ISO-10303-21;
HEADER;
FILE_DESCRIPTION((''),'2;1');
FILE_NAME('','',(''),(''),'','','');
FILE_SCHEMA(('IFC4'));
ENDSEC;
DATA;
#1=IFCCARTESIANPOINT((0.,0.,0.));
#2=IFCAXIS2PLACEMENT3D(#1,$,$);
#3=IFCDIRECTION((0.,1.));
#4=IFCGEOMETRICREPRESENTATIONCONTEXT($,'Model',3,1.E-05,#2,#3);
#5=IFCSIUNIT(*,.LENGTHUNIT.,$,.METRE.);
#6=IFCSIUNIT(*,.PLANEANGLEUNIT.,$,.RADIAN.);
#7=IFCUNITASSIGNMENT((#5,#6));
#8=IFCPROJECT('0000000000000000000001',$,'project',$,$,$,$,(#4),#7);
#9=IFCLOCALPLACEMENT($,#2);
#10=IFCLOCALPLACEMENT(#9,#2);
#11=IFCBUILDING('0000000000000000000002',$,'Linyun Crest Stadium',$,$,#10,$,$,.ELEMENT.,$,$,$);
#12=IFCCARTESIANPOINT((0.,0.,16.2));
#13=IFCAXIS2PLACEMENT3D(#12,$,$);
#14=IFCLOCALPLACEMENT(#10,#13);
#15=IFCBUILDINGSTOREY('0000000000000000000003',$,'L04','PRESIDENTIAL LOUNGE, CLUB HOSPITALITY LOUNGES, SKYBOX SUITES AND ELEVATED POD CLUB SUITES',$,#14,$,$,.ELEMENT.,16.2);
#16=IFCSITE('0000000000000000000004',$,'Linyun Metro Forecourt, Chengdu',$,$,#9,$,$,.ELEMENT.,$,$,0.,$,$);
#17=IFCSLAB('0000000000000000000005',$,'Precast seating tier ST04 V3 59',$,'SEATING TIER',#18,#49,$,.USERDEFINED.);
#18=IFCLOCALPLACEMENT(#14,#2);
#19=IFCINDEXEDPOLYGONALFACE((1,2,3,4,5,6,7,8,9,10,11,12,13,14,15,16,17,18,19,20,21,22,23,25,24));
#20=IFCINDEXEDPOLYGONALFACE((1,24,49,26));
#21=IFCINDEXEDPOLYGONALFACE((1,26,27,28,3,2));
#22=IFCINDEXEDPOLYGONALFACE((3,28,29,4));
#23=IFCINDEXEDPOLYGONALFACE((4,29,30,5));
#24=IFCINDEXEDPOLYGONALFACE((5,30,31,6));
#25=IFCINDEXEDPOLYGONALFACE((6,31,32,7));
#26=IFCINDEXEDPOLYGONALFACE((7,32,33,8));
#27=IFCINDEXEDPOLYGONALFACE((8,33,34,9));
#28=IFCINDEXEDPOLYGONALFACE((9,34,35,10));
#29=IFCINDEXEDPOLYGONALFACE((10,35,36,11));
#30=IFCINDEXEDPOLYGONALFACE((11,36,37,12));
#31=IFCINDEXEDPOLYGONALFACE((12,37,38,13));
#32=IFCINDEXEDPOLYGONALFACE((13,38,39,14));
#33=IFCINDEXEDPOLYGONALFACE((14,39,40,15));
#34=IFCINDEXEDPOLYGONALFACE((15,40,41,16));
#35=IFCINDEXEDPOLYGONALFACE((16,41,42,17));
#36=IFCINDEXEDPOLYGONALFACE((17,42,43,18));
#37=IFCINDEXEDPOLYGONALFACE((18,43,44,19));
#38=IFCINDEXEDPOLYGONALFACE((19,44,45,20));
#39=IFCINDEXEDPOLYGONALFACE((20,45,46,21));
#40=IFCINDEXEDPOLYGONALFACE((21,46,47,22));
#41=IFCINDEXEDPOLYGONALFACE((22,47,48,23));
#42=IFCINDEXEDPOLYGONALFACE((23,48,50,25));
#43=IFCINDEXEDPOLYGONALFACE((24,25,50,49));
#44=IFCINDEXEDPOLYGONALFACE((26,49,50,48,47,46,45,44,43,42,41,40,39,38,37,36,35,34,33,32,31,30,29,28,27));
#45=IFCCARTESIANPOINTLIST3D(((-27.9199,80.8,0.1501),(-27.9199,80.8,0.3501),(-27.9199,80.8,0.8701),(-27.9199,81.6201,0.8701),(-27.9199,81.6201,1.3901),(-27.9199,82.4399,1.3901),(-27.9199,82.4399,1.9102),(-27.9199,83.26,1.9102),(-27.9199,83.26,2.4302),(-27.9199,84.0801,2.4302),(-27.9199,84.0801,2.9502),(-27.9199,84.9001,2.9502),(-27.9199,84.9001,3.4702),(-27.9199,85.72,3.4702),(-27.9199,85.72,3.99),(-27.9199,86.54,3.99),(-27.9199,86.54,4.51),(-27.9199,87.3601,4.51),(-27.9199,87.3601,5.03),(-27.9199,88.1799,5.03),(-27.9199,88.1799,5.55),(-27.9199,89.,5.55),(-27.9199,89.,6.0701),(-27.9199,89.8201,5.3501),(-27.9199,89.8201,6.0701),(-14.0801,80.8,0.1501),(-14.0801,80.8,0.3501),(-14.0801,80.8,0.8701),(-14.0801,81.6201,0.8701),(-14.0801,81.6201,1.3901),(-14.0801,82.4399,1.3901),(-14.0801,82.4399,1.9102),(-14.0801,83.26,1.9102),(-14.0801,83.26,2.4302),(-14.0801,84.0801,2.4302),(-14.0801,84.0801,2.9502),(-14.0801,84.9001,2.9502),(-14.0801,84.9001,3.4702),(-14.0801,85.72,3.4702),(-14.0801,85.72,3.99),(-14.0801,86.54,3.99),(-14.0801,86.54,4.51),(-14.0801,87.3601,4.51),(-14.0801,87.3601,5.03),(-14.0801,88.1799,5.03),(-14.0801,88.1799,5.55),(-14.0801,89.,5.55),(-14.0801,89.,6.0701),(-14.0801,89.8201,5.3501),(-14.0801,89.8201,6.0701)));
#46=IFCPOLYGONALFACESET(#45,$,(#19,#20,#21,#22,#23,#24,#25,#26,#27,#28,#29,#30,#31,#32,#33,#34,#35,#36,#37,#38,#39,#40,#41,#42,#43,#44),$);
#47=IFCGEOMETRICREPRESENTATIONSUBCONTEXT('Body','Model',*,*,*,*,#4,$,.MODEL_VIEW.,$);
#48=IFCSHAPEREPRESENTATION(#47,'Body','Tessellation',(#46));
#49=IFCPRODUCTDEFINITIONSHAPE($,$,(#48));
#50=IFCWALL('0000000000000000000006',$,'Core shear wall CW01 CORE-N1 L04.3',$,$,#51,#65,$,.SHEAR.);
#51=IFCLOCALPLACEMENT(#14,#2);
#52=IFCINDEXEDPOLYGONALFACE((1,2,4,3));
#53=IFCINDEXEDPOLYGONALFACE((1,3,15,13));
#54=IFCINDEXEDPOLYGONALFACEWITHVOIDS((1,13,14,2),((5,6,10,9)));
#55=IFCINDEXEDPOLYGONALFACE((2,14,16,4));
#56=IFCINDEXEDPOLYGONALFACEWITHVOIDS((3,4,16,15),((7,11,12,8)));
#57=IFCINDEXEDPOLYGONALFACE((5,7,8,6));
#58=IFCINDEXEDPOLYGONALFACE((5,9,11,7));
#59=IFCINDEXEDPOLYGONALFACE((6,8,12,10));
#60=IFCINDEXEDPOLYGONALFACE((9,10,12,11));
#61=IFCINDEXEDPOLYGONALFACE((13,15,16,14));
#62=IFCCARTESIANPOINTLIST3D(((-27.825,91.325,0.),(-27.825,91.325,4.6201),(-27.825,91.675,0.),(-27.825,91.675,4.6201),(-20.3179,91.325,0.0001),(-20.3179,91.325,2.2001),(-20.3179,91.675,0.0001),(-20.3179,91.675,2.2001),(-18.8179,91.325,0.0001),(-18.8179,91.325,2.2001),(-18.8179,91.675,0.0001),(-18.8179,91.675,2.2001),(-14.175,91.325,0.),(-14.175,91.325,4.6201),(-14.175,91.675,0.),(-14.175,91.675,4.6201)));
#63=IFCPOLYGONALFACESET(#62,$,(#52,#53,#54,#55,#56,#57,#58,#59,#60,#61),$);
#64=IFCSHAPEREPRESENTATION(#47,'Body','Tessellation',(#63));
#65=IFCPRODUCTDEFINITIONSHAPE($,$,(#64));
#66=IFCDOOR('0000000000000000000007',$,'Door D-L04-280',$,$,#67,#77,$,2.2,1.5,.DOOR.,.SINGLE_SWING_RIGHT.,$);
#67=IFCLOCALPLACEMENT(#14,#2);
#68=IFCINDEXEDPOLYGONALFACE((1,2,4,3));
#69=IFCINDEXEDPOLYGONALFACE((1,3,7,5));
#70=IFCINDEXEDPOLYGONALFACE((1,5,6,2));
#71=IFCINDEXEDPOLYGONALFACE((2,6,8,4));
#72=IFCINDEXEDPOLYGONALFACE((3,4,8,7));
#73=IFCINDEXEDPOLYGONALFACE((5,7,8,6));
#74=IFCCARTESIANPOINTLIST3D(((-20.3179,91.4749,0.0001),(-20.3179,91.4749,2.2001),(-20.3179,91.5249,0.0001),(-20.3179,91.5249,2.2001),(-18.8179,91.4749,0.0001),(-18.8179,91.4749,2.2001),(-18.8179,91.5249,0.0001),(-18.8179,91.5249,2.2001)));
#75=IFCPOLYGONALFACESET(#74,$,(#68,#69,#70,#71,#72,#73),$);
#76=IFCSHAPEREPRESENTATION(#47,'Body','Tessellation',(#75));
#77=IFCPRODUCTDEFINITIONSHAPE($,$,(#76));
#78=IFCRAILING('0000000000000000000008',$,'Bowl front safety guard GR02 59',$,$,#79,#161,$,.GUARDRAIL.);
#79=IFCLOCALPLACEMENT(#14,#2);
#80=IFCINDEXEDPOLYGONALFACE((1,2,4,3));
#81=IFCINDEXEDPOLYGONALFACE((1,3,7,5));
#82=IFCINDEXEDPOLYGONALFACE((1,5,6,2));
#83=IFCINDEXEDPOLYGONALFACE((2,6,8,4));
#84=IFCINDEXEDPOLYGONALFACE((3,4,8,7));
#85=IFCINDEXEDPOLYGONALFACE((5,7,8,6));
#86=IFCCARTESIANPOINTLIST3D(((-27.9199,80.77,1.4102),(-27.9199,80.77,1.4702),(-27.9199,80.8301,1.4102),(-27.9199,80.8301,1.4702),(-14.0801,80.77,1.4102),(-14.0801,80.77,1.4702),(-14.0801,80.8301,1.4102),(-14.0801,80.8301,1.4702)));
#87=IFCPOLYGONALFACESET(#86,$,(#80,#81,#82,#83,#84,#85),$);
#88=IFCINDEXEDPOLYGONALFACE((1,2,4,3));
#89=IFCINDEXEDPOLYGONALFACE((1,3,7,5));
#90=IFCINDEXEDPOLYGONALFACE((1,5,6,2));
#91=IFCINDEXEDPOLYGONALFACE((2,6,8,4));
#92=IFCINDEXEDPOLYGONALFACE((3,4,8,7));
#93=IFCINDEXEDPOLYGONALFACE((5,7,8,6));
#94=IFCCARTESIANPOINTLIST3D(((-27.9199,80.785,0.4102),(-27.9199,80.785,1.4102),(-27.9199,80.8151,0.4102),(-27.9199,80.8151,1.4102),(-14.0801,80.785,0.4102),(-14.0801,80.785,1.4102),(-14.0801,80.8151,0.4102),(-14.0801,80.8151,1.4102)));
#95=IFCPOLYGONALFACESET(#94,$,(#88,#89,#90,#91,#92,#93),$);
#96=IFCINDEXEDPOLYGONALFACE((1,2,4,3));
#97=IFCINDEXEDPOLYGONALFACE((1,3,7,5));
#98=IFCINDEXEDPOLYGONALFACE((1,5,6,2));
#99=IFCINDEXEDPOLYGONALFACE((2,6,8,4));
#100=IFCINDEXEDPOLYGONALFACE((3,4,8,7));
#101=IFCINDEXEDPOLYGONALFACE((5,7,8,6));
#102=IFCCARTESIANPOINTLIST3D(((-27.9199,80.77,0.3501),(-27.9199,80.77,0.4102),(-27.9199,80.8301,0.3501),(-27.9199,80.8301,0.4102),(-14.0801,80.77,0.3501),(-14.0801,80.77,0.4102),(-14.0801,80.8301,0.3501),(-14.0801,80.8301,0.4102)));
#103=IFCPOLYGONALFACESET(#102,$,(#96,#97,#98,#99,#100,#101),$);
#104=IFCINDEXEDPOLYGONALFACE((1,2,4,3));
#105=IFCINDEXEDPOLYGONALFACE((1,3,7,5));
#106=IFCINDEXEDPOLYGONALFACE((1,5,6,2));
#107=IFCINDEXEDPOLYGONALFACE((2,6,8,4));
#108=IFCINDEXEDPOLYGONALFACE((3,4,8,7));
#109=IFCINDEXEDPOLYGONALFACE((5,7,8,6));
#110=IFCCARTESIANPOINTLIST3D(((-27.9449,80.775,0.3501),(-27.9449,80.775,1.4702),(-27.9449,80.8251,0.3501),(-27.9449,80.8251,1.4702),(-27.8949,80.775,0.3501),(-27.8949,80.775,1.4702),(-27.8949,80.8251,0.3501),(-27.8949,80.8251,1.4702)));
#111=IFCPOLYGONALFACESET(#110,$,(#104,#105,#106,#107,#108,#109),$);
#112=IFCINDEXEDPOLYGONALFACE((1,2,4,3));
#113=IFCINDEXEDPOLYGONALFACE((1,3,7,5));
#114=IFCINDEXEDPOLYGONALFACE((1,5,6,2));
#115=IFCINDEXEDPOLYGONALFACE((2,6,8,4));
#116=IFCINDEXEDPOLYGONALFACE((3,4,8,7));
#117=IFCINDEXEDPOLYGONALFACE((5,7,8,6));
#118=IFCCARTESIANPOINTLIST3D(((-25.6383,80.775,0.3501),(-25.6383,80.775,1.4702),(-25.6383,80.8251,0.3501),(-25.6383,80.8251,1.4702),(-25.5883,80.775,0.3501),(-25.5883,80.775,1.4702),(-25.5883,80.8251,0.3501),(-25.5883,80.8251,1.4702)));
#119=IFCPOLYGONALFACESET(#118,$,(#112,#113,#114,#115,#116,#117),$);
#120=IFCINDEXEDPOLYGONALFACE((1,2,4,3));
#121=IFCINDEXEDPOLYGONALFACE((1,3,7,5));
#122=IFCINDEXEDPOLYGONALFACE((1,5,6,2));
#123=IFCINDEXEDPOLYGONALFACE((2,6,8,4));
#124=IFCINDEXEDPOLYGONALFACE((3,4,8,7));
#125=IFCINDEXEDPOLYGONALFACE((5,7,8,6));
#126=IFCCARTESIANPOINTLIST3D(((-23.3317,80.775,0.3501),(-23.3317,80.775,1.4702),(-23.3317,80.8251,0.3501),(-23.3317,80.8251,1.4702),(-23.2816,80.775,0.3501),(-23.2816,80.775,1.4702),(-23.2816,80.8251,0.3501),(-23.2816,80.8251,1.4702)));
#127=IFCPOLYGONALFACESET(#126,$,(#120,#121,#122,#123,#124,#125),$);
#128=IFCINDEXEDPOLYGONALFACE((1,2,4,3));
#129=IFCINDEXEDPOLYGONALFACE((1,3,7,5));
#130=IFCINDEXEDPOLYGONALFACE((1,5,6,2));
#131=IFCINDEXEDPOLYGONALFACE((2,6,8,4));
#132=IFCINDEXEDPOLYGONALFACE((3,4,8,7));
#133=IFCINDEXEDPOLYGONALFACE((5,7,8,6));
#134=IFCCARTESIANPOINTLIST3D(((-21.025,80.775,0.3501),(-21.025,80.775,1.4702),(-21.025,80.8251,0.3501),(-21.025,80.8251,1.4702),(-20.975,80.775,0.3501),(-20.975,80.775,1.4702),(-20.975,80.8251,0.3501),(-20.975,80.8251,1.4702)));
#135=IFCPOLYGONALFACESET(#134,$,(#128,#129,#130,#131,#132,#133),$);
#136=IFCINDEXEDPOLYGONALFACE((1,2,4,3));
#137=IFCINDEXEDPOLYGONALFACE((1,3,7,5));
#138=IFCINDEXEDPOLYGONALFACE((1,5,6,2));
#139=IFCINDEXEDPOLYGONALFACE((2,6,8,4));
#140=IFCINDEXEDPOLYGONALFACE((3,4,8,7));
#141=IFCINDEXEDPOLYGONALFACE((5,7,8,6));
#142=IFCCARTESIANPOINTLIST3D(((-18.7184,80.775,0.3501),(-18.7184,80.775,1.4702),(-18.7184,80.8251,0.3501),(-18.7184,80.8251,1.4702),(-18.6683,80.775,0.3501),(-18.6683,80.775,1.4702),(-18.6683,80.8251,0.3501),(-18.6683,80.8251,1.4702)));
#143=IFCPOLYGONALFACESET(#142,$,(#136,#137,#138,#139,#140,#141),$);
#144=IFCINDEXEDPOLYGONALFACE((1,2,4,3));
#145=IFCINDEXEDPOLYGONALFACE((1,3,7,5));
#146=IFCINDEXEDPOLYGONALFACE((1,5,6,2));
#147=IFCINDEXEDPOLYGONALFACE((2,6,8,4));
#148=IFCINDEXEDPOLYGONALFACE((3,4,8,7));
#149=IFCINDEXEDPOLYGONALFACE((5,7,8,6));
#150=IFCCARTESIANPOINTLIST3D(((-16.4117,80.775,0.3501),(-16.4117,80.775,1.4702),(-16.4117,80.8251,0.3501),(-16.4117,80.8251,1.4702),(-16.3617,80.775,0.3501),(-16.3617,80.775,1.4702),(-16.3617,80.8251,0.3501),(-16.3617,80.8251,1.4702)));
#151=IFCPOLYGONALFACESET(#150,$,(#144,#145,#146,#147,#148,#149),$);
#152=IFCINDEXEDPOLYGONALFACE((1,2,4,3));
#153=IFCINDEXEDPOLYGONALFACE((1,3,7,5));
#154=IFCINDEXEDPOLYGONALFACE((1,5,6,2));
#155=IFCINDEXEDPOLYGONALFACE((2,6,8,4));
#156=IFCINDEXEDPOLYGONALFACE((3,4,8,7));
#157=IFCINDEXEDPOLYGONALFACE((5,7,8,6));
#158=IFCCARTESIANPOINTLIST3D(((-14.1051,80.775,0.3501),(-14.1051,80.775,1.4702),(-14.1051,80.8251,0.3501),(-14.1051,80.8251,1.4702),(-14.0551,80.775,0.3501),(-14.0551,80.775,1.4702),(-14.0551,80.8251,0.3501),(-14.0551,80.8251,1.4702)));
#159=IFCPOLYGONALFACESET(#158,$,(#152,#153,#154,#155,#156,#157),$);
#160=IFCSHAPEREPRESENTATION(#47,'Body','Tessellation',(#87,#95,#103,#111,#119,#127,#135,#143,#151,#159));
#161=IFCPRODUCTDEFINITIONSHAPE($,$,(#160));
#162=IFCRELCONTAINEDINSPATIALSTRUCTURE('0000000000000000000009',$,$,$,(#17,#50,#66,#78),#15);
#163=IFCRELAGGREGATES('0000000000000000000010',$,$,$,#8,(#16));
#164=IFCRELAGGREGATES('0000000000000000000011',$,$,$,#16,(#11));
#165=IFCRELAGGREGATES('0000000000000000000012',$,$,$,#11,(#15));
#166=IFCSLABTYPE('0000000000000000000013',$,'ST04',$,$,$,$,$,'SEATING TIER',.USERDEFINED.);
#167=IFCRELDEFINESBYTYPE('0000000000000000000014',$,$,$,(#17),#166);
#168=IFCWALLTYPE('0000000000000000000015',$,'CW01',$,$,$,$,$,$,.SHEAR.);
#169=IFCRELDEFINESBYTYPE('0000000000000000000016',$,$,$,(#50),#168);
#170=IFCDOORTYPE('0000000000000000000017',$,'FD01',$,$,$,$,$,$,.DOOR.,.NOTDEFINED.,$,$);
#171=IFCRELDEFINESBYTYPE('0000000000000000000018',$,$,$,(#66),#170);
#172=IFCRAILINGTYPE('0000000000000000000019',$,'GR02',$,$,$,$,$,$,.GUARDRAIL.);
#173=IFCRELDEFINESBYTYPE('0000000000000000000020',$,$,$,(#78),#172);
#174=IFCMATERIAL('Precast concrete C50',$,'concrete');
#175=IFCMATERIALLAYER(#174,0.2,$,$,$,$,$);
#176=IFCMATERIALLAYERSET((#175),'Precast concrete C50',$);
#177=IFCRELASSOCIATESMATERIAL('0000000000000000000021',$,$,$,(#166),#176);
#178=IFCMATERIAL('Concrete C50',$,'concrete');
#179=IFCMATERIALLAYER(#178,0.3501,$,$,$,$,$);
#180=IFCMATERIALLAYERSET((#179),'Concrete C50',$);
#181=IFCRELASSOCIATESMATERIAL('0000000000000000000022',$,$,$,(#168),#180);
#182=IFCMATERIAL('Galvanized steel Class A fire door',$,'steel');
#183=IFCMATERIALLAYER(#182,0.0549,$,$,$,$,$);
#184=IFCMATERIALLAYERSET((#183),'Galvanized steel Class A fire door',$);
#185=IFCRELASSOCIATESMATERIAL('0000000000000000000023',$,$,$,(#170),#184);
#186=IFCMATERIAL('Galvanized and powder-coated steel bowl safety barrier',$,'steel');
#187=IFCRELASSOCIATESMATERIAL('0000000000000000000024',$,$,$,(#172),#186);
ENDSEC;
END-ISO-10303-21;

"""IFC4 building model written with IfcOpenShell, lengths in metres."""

from ifc_helpers import new_model, si_unit, direction, frame, frame_2d, origin, origin_2d, place, context, subcontext, project, spatial, polyline, rectangle, outline, extrude, material, layer, layer_set, type_object, element, fill, save


model = new_model("IFC4")

# Units and contexts
model_context = context("Model", 3, precision=1e-05, world=origin(), true_north=direction((0.0, 1.0)))
body_context = subcontext(model_context, "Body", "Model", "MODEL_VIEW")
ifc_project = project(units=[si_unit("LENGTHUNIT", "METRE"), si_unit("PLANEANGLEUNIT", "RADIAN")], contexts=[model_context])

# Site, building, storey
site_placement = place(None, origin())
site = spatial("IfcSite", under=ifc_project, at=site_placement, Name="Linyun Metro Forecourt, Chengdu", CompositionType="ELEMENT", RefElevation=0.0)
building_placement = place(site_placement, origin())
building = spatial("IfcBuilding", under=site, at=building_placement, Name="Linyun Crest Stadium", CompositionType="ELEMENT")
storey_placement = place(building_placement, frame((0.0, 0.0, 16.2)))
storey = spatial("IfcBuildingStorey", under=building, at=storey_placement, Name="L04", Description="PRESIDENTIAL LOUNGE, CLUB HOSPITALITY LOUNGES, SKYBOX SUITES AND ELEVATED POD CLUB SUITES", CompositionType="ELEMENT", Elevation=16.2)

# Slab
ifc_material_1 = material(Name="Precast concrete C50", Category="concrete")
ifc_layer_1 = layer(ifc_material_1, 0.2)
ifc_layer_set_1 = layer_set([ifc_layer_1], Name="Precast concrete C50")
slab_type = type_object("IfcSlabType", Name="ST04", ElementType="SEATING TIER", PredefinedType="USERDEFINED", material=ifc_layer_set_1)
slab_placement = place(storey_placement, frame((-27.9199, 80.8, 0.3501), z_axis=(0.0, 0.0, 1.0), x_axis=(0.0, 1.0, 0.0)))
element("IfcSlab", 1, at=slab_placement, inside=storey, type_object=slab_type, Name="Precast seating tier ST04 V3 59", ObjectType="SEATING TIER", PredefinedType="USERDEFINED", context=body_context, shape_type="SweptSolid", body=[
    extrude(outline(polyline([(0.0, 0.0), (0.0, 0.52), (0.8201, 0.52), (0.8201, 1.04), (1.6399, 1.04), (1.6399, 1.5601), (2.46, 1.5601), (2.46, 2.0801), (3.28, 2.0801), (3.28, 2.6001), (4.1001, 2.6001), (4.1001, 3.1201), (4.9199, 3.1201), (4.9199, 3.6399), (5.74, 3.6399), (5.74, 4.1599), (6.5601, 4.1599), (6.5601, 4.6799), (7.3799, 4.6799), (7.3799, 5.2), (8.2, 5.2), (8.2, 5.72), (9.02, 5.72), (9.02, 5.0), (0.0, -0.2), (0.0, 0.0)])), frame((0.0, 0.0, 0.0), z_axis=(0.0, -1.0, 0.0), x_axis=(1.0, 0.0, 0.0)), (0.0, 0.0, 1.0), 13.8398),
])

# Wall, opening, door
ifc_material_2 = material(Name="Concrete C50", Category="concrete")
ifc_layer_2 = layer(ifc_material_2, 0.3501)
ifc_layer_set_2 = layer_set([ifc_layer_2], Name="Concrete C50")
wall_type = type_object("IfcWallType", Name="CW01", PredefinedType="SHEAR", material=ifc_layer_set_2)
wall_placement = place(storey_placement, frame((-27.825, 91.5, 0.0), z_axis=(0.0, 0.0, 1.0), x_axis=(1.0, 0.0, 0.0)))
wall = element("IfcWall", 2, at=wall_placement, inside=storey, type_object=wall_type, Name="Core shear wall CW01 CORE-N1 L04.3", PredefinedType="SHEAR", context=body_context, shape_type="SweptSolid", body=[
    extrude(rectangle(XDim=13.6499, YDim=0.3501, at=frame_2d((6.825, 0.0))), origin(), (0.0, 0.0, 1.0), 4.6201),
])
opening_placement = place(wall_placement, frame((7.5071, 0.0, 0.0)))
opening = element("IfcOpeningElement", 3, at=opening_placement, cuts=wall, PredefinedType="OPENING", context=body_context, shape_type="SweptSolid", body=[
    extrude(rectangle(XDim=1.5, YDim=2.2, at=frame_2d((0.75, 1.1001))), frame((0.0, 0.1851, 0.0), z_axis=(0.0, -1.0, 0.0), x_axis=(1.0, 0.0, 0.0)), (0.0, 0.0, 1.0), 0.3701),
])
ifc_material_3 = material(Name="Galvanized steel Class A fire door", Category="steel")
ifc_layer_3 = layer(ifc_material_3, 0.0549)
ifc_layer_set_3 = layer_set([ifc_layer_3], Name="Galvanized steel Class A fire door")
door_type = type_object("IfcDoorType", Name="FD01", OperationType="NOTDEFINED", PredefinedType="DOOR", material=ifc_layer_set_3)
door_placement = place(opening_placement, origin())
door = element("IfcDoor", 4, at=door_placement, inside=storey, type_object=door_type, Name="Door D-L04-280", OperationType="SINGLE_SWING_RIGHT", OverallHeight=2.2, OverallWidth=1.5, PredefinedType="DOOR", context=body_context, shape_type="SweptSolid", body=[
    extrude(rectangle(XDim=1.5, YDim=2.2, at=frame_2d((0.75, 1.1001))), frame((0.0, 0.0249, 0.0), z_axis=(0.0, -1.0, 0.0), x_axis=(1.0, 0.0, 0.0)), (0.0, 0.0, 1.0), 0.05),
])
fill(opening, door)

# Railing
ifc_material_4 = material(Name="Galvanized and powder-coated steel bowl safety barrier", Category="steel")
railing_type = type_object("IfcRailingType", Name="GR02", PredefinedType="GUARDRAIL", material=ifc_material_4)
railing_1_placement = place(storey_placement, frame((-27.9199, 80.8, 0.3501)))
element("IfcRailing", 5, at=railing_1_placement, inside=storey, type_object=railing_type, Name="Bowl front safety guard GR02 59", PredefinedType="GUARDRAIL", context=body_context, shape_type="SweptSolid", body=[
    extrude(rectangle(XDim=0.0601, YDim=0.0601, at=origin_2d()), frame((0.0, 0.0, 1.0901), z_axis=(1.0, 0.0, 0.0), x_axis=(0.0, 1.0, 0.0)), (0.0, 0.0, 1.0), 13.8398),
    extrude(rectangle(XDim=0.03, YDim=1.0, at=origin_2d()), frame((0.0, 0.0, 0.5601), z_axis=(1.0, 0.0, 0.0), x_axis=(0.0, 1.0, 0.0)), (0.0, 0.0, 1.0), 13.8398),
    extrude(rectangle(XDim=0.0601, YDim=0.0601, at=origin_2d()), frame((0.0, 0.0, 0.03), z_axis=(1.0, 0.0, 0.0), x_axis=(0.0, 1.0, 0.0)), (0.0, 0.0, 1.0), 13.8398),
    extrude(rectangle(XDim=0.05, YDim=0.05, at=origin_2d()), origin(), (0.0, 0.0, 1.0), 1.1201),
    extrude(rectangle(XDim=0.05, YDim=0.05, at=origin_2d()), frame((2.3066, 0.0, 0.0)), (0.0, 0.0, 1.0), 1.1201),
    extrude(rectangle(XDim=0.05, YDim=0.05, at=origin_2d()), frame((4.6133, 0.0, 0.0)), (0.0, 0.0, 1.0), 1.1201),
    extrude(rectangle(XDim=0.05, YDim=0.05, at=origin_2d()), frame((6.9199, 0.0, 0.0)), (0.0, 0.0, 1.0), 1.1201),
    extrude(rectangle(XDim=0.05, YDim=0.05, at=origin_2d()), frame((9.2266, 0.0, 0.0)), (0.0, 0.0, 1.0), 1.1201),
    extrude(rectangle(XDim=0.05, YDim=0.05, at=origin_2d()), frame((11.5332, 0.0, 0.0)), (0.0, 0.0, 1.0), 1.1201),
    extrude(rectangle(XDim=0.05, YDim=0.05, at=origin_2d()), frame((13.8398, 0.0, 0.0)), (0.0, 0.0, 1.0), 1.1201),
])

save(model, "model.ifc")
